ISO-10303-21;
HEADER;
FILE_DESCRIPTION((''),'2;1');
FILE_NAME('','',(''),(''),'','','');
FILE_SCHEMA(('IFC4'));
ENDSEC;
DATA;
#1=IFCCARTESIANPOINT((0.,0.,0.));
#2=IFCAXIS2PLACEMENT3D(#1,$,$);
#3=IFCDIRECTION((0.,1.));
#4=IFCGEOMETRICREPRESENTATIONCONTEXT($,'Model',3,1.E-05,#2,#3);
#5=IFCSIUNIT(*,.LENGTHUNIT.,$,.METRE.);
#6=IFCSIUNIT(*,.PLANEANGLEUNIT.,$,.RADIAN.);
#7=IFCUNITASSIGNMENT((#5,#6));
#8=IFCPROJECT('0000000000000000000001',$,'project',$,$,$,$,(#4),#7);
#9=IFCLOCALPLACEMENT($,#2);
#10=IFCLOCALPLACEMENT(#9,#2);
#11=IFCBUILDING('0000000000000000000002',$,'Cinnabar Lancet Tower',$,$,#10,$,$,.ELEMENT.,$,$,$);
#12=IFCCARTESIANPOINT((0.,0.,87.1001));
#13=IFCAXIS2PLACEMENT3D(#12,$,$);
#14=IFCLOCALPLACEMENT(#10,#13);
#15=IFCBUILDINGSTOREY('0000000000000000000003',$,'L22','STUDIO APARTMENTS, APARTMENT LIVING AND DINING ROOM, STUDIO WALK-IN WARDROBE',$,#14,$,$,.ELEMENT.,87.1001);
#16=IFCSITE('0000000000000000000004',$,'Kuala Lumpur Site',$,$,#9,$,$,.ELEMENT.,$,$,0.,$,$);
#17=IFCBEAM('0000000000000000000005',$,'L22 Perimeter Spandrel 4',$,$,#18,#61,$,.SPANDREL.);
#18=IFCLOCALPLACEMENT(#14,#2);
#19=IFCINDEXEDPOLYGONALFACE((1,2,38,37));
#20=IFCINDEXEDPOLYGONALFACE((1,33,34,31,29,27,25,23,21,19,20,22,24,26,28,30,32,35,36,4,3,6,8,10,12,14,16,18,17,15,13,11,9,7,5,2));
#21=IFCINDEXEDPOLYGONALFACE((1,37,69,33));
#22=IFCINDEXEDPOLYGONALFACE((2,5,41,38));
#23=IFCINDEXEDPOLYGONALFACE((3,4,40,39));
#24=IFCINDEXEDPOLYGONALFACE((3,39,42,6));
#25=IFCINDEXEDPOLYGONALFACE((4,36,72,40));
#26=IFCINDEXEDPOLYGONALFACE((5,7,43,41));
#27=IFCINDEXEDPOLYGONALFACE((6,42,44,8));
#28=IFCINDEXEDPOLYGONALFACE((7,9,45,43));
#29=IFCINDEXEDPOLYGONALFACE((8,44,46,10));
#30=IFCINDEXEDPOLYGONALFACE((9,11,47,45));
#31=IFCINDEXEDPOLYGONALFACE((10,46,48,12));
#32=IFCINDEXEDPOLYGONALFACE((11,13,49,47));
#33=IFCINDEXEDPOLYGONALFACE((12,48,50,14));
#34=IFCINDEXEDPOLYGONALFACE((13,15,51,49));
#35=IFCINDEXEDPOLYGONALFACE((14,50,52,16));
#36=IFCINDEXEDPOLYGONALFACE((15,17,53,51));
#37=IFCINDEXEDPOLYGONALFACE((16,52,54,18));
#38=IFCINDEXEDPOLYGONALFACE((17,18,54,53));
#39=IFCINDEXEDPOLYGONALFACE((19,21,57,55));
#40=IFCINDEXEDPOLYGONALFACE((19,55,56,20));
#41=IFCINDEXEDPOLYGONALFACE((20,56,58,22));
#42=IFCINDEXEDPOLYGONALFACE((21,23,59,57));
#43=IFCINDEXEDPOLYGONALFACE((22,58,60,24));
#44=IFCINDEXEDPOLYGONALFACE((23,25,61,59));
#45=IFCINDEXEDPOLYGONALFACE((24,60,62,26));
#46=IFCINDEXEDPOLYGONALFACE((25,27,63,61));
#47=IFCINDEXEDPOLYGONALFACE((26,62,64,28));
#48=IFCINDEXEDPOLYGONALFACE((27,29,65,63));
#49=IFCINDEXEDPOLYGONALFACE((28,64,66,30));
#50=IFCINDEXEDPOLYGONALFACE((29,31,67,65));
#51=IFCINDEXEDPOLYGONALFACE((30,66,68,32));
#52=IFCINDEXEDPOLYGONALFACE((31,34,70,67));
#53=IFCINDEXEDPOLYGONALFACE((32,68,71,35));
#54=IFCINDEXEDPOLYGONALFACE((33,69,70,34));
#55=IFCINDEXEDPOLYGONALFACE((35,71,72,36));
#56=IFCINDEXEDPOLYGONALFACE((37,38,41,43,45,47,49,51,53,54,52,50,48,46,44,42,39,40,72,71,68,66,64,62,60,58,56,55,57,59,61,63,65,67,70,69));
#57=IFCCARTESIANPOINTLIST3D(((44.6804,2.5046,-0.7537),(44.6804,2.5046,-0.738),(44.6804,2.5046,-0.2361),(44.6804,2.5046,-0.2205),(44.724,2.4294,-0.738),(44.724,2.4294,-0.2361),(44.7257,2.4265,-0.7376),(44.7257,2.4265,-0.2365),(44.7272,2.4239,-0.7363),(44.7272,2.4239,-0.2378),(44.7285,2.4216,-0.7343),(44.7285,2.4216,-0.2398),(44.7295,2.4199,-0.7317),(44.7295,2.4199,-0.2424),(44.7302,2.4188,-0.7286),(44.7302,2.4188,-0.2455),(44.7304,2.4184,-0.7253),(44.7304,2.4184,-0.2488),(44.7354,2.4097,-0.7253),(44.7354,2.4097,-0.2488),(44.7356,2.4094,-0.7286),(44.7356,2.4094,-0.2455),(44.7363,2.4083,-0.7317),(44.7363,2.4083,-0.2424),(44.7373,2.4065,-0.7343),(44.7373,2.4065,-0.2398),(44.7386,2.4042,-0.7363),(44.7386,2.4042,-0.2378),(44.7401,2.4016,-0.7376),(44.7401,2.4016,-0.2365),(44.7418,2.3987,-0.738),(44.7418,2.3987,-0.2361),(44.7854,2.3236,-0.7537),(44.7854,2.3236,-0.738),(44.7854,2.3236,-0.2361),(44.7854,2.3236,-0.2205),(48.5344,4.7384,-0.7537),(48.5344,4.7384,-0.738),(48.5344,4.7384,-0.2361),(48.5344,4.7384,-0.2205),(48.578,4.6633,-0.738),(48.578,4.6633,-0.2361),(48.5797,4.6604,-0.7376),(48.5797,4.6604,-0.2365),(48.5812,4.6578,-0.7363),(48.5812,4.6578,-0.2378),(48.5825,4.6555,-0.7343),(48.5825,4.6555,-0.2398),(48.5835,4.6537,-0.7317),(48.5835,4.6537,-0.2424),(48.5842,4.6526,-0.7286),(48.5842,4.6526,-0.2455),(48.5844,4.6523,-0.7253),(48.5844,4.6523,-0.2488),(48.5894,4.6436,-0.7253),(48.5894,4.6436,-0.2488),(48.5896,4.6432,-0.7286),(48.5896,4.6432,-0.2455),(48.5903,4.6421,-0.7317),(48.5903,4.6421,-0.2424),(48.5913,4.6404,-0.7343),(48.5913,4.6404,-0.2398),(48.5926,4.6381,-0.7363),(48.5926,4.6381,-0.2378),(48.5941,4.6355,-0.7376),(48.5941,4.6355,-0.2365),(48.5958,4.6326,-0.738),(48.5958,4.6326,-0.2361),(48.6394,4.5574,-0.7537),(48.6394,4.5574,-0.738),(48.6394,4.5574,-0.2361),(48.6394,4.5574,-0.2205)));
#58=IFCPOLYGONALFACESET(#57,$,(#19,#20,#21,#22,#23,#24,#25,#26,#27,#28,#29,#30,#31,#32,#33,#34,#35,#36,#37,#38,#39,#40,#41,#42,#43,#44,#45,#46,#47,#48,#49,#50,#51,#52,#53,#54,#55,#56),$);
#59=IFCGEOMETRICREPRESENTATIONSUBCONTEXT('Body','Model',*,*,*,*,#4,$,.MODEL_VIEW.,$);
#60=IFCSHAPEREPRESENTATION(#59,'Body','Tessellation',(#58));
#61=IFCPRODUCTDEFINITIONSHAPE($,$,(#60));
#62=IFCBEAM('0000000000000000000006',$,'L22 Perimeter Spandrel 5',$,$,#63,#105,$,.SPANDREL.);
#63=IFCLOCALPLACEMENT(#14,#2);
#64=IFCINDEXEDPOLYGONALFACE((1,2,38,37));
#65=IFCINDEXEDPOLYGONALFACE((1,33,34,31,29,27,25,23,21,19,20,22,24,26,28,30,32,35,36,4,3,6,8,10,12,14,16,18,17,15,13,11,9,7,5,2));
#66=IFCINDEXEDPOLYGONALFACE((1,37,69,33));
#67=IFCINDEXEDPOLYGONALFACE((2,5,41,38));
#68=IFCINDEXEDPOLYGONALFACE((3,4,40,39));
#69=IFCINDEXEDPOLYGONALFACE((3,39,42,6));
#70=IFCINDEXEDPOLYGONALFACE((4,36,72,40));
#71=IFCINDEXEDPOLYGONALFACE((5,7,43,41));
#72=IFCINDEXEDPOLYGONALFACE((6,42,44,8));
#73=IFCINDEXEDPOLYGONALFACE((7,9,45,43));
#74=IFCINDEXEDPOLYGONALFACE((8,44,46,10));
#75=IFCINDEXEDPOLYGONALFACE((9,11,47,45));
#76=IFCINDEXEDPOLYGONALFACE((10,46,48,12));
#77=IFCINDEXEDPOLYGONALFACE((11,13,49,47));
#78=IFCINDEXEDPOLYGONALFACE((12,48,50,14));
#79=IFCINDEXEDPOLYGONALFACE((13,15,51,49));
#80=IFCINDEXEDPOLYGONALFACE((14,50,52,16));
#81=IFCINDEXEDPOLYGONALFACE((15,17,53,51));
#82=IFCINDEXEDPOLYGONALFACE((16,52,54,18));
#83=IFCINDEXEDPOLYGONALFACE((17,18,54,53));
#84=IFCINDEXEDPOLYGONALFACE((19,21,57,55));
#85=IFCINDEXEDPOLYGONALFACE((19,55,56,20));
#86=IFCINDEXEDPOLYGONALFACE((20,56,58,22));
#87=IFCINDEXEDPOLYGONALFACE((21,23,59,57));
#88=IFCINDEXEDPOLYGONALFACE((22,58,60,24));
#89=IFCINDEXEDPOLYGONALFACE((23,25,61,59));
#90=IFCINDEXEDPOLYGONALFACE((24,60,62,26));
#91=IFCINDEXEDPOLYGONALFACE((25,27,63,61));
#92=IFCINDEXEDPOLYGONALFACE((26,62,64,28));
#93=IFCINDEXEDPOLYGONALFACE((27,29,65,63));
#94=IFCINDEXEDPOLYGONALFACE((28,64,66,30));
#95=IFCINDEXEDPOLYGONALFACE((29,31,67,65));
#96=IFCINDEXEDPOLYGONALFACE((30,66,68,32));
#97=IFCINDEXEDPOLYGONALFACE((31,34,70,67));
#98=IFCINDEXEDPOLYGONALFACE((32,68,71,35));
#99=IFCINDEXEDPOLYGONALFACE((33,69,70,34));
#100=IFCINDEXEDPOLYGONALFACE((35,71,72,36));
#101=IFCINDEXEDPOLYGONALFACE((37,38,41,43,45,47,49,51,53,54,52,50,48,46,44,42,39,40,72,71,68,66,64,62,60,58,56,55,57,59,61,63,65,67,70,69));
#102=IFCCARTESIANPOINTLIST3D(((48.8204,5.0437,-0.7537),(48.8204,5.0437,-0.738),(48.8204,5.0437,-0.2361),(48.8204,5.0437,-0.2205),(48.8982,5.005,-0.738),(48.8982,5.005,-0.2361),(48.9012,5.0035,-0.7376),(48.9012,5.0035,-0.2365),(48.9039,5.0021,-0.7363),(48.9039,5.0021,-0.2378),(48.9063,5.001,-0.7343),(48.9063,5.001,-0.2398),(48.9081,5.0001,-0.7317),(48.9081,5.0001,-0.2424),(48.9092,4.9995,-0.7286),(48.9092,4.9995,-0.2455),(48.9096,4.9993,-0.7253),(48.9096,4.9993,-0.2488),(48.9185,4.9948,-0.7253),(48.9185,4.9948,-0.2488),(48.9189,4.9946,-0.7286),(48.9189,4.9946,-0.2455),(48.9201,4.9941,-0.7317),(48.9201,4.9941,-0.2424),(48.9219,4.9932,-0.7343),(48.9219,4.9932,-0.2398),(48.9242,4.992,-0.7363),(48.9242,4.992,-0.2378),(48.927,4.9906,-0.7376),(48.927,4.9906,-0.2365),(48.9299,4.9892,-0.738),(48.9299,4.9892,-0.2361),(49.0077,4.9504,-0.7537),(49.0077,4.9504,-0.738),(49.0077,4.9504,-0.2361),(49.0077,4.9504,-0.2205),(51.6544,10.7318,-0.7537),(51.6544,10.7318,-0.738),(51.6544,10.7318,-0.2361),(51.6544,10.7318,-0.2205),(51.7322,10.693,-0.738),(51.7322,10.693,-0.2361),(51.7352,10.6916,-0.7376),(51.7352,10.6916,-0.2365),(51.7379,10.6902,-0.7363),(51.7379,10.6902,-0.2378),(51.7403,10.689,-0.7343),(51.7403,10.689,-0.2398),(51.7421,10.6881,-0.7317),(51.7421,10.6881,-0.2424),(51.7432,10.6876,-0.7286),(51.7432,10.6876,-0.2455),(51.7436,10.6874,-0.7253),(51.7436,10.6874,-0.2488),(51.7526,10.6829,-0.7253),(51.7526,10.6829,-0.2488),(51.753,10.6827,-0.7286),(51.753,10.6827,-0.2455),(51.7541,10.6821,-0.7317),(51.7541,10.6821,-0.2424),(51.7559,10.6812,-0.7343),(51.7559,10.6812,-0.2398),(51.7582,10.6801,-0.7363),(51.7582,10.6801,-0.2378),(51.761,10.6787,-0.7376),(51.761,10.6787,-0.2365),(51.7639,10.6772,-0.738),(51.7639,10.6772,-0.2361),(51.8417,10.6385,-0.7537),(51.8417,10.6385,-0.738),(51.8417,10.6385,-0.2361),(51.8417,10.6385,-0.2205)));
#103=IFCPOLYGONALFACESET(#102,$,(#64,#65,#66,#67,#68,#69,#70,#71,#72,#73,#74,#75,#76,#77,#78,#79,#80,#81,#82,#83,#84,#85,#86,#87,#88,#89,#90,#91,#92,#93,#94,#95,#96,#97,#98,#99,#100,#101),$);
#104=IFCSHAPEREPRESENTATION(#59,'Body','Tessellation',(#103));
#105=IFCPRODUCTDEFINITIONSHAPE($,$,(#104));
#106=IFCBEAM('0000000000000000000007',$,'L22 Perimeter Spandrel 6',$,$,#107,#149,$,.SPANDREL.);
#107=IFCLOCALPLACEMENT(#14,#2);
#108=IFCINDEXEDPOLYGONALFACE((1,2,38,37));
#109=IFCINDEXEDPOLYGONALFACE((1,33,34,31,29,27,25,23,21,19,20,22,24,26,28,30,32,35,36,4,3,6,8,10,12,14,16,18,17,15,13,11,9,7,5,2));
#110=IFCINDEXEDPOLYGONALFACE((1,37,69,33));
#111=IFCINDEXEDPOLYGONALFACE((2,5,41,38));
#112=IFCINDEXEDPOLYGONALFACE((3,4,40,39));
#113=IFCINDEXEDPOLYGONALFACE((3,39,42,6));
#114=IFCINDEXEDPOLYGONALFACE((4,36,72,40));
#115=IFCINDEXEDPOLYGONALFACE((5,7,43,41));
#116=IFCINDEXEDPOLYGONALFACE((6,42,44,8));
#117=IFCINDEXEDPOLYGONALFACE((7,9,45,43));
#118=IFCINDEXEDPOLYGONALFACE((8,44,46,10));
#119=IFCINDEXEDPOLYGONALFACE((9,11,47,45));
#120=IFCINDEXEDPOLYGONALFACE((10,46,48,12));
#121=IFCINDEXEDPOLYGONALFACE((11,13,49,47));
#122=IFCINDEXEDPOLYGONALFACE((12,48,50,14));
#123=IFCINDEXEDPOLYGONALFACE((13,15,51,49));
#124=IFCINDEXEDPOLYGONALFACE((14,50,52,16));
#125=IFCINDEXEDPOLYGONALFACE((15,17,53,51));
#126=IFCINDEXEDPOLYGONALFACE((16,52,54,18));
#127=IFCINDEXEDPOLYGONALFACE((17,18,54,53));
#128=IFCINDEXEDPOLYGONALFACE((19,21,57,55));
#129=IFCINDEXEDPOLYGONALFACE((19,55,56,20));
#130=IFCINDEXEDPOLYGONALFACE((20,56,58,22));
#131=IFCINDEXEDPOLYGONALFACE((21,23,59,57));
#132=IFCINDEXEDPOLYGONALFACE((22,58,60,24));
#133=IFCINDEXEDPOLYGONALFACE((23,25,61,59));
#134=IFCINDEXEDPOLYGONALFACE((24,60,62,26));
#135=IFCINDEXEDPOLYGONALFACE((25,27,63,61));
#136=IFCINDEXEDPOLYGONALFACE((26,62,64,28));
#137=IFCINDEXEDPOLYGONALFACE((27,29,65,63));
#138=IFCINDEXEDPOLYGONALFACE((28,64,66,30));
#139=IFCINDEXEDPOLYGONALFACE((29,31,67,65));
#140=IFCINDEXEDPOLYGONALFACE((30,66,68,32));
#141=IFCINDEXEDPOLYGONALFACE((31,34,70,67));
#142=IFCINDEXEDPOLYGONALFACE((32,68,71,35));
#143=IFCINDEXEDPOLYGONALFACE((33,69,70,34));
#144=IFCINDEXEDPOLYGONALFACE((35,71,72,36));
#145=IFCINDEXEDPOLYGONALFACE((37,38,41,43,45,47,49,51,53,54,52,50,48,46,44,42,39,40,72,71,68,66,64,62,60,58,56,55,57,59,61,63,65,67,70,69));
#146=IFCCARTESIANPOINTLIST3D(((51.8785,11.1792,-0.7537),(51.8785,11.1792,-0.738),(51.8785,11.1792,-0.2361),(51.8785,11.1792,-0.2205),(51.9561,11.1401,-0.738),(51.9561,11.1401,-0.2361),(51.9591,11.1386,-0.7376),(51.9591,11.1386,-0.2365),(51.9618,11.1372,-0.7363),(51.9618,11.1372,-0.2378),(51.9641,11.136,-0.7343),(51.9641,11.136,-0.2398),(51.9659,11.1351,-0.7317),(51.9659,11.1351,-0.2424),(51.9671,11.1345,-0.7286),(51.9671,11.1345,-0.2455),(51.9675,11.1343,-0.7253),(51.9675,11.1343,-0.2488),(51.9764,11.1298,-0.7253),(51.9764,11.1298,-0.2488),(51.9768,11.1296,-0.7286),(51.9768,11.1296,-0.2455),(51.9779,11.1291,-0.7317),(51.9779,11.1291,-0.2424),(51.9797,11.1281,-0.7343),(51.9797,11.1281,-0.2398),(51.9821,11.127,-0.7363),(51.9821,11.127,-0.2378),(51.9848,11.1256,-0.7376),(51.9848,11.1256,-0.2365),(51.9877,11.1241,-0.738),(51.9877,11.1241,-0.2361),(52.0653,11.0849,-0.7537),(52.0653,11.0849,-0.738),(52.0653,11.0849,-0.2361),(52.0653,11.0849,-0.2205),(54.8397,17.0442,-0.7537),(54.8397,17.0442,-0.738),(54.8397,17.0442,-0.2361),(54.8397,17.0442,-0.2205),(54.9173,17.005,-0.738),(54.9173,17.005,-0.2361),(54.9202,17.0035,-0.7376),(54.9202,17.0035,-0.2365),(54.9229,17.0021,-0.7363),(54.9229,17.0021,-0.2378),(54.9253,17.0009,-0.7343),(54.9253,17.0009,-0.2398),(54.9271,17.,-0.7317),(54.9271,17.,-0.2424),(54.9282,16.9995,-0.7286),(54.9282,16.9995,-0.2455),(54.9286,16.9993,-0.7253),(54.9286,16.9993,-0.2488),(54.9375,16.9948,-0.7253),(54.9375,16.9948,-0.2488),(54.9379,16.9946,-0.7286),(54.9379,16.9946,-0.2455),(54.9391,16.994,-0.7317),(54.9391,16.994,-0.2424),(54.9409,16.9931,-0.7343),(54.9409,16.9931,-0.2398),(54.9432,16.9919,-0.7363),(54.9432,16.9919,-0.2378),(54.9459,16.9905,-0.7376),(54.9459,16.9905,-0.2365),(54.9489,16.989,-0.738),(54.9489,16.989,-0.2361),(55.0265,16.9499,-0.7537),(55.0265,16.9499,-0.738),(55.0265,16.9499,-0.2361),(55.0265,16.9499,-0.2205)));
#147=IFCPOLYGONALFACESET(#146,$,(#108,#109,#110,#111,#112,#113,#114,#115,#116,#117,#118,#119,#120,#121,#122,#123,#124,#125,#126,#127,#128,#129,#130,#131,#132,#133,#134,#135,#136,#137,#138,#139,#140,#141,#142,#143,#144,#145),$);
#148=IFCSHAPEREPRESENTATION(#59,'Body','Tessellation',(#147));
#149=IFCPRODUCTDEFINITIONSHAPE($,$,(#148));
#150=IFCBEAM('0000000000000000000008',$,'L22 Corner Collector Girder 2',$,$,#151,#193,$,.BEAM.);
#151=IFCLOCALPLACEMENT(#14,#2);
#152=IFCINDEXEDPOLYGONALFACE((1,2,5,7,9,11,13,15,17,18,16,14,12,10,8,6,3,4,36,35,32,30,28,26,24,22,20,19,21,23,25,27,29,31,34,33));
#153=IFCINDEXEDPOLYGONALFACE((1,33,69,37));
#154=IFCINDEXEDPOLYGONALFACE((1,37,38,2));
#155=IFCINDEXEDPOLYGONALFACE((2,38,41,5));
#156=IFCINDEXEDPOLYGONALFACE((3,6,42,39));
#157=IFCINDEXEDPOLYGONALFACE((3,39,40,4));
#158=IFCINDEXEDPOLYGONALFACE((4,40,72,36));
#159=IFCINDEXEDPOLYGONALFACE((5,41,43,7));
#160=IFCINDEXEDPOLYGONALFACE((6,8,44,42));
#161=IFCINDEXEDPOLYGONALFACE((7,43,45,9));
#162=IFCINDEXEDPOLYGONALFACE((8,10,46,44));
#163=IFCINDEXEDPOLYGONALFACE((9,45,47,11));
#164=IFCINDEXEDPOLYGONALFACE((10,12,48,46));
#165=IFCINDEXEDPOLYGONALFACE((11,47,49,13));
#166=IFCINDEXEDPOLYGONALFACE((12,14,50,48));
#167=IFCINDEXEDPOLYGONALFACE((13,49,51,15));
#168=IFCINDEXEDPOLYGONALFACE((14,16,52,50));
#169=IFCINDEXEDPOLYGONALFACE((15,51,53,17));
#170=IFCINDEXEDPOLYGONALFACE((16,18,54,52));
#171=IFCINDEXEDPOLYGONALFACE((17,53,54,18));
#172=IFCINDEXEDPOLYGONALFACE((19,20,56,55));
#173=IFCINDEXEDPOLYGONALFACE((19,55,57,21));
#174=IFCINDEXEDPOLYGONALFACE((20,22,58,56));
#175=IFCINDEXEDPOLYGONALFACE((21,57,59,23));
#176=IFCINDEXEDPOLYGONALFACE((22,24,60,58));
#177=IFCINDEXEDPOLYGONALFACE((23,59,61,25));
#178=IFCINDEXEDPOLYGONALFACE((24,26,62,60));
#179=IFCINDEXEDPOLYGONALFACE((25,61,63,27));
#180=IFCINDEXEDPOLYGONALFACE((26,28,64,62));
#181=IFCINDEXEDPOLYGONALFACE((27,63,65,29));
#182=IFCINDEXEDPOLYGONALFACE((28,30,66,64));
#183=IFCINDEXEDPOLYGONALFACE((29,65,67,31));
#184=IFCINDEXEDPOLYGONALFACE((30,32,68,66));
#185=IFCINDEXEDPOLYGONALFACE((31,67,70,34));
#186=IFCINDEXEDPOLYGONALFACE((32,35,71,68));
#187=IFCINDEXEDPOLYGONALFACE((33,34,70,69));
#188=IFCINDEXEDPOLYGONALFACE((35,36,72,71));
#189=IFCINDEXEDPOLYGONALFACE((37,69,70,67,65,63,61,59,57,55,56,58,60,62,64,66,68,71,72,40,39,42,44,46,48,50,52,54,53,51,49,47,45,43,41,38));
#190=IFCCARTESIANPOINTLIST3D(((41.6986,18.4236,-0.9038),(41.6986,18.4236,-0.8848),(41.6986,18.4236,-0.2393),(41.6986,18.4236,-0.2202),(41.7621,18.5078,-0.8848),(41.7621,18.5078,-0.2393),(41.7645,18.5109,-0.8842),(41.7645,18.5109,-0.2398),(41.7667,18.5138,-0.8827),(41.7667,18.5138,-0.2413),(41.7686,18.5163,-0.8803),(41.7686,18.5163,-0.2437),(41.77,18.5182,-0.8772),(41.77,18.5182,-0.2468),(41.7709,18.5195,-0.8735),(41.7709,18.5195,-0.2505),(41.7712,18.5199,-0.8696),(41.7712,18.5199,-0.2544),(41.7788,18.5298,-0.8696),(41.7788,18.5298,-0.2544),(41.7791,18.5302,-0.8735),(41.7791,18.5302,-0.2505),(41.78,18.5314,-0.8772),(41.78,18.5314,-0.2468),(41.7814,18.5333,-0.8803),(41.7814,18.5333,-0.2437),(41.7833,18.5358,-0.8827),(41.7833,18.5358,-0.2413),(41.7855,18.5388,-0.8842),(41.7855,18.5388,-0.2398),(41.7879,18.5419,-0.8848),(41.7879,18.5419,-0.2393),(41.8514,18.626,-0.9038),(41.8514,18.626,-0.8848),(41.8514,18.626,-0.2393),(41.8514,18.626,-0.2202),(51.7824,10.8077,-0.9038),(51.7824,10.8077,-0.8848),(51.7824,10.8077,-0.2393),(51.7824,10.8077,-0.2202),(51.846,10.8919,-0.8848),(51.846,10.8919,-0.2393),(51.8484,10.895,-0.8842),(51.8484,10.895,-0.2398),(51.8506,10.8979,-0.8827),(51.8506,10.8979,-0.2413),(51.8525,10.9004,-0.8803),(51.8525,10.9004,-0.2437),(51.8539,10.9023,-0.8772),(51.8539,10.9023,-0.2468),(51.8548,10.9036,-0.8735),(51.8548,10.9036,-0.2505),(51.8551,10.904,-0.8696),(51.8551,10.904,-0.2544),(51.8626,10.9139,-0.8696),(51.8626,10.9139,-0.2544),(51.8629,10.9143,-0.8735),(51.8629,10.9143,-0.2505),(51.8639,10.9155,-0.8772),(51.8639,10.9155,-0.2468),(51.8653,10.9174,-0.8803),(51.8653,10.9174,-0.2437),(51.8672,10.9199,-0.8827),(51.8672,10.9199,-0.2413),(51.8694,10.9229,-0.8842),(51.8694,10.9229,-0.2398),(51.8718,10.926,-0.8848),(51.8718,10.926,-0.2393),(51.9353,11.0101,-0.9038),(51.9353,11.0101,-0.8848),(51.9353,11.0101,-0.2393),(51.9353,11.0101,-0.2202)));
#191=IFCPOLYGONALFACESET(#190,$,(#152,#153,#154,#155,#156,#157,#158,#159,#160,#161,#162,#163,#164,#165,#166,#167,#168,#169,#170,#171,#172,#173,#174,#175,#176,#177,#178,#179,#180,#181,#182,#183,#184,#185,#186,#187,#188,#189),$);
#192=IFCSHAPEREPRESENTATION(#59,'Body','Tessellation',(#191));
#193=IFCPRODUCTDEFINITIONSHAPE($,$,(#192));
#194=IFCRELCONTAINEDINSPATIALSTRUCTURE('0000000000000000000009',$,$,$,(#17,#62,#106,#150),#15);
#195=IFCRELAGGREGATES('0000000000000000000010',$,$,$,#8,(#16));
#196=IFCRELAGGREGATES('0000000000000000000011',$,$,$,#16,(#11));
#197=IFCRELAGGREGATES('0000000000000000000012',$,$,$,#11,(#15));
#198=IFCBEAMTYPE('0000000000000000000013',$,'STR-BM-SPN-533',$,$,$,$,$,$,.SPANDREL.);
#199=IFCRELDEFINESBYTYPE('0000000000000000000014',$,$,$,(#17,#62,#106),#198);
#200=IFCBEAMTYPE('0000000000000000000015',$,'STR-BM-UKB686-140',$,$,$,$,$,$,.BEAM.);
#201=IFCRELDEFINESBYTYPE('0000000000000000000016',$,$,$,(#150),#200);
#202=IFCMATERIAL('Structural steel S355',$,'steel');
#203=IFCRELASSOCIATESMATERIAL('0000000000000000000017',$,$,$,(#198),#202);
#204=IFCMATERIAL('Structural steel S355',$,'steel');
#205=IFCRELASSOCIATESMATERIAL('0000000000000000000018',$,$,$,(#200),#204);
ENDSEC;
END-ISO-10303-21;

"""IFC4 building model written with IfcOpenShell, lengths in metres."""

from ifc_helpers import new_model, si_unit, direction, frame, origin, origin_2d, place, context, subcontext, project, spatial, i_section, extrude, material, material_profile, profile_set, type_object, element, save


model = new_model("IFC4")

# Units and contexts
model_context = context("Model", 3, precision=1e-05, world=origin(), true_north=direction((0.0, 1.0)))
body_context = subcontext(model_context, "Body", "Model", "MODEL_VIEW")
ifc_project = project(units=[si_unit("LENGTHUNIT", "METRE"), si_unit("PLANEANGLEUNIT", "RADIAN")], contexts=[model_context])

# Site, building, storey
site_placement = place(None, origin())
site = spatial("IfcSite", under=ifc_project, at=site_placement, Name="Kuala Lumpur Site", CompositionType="ELEMENT", RefElevation=0.0)
building_placement = place(site_placement, origin())
building = spatial("IfcBuilding", under=site, at=building_placement, Name="Cinnabar Lancet Tower", CompositionType="ELEMENT")
storey_placement = place(building_placement, frame((0.0, 0.0, 87.1001)))
storey = spatial("IfcBuildingStorey", under=building, at=storey_placement, Name="L22", Description="STUDIO APARTMENTS, APARTMENT LIVING AND DINING ROOM, STUDIO WALK-IN WARDROBE", CompositionType="ELEMENT", Elevation=87.1001)

# Beams
ifc_material_1 = material(Name="Structural steel S355", Category="steel")
ifc_material_profile_1 = material_profile(ifc_material_1, i_section(OverallWidth=0.2092, OverallDepth=0.5332, WebThickness=0.01, FlangeThickness=0.0156, FilletRadius=0.0127, at=origin_2d()), Name="UKB 533x210x92")
ifc_profile_set_1 = profile_set([ifc_material_profile_1], Name="Structural steel S355")
beam_type_1 = type_object("IfcBeamType", Name="STR-BM-SPN-533", PredefinedType="SPANDREL", material=ifc_profile_set_1)
beam_1_placement = place(storey_placement, frame((44.7329, 2.4141, -0.4871), z_axis=(0.865171, 0.501477, 0.0), x_axis=(-0.501477, 0.865171, 0.0)))
element("IfcBeam", 1, at=beam_1_placement, inside=storey, type_object=beam_type_1, Name="L22 Perimeter Spandrel 4", PredefinedType="SPANDREL", context=body_context, shape_type="SweptSolid", body=[
    extrude(i_section(OverallWidth=0.2092, OverallDepth=0.5332, WebThickness=0.01, FlangeThickness=0.0156, FilletRadius=0.0127, at=origin_2d()), origin(), (0.0, 0.0, 1.0), 4.4546),
])
beam_2_placement = place(storey_placement, frame((48.9141, 4.9971, -0.4871), z_axis=(0.445953, 0.895056, 0.0), x_axis=(-0.895056, 0.445953, 0.0)))
element("IfcBeam", 2, at=beam_2_placement, inside=storey, type_object=beam_type_1, Name="L22 Perimeter Spandrel 5", PredefinedType="SPANDREL", context=body_context, shape_type="SweptSolid", body=[
    extrude(i_section(OverallWidth=0.2092, OverallDepth=0.5332, WebThickness=0.01, FlangeThickness=0.0156, FilletRadius=0.0127, at=origin_2d()), origin(), (0.0, 0.0, 1.0), 6.355),
])
beam_3_placement = place(storey_placement, frame((51.9719, 11.1321, -0.4871), z_axis=(0.450703, 0.892674, 0.0), x_axis=(-0.892674, 0.450703, 0.0)))
element("IfcBeam", 3, at=beam_3_placement, inside=storey, type_object=beam_type_1, Name="L22 Perimeter Spandrel 6", PredefinedType="SPANDREL", context=body_context, shape_type="SweptSolid", body=[
    extrude(i_section(OverallWidth=0.2092, OverallDepth=0.5332, WebThickness=0.01, FlangeThickness=0.0156, FilletRadius=0.0127, at=origin_2d()), origin(), (0.0, 0.0, 1.0), 6.5701),
])
ifc_material_2 = material(Name="Structural steel S355", Category="steel")
ifc_material_profile_2 = material_profile(ifc_material_2, i_section(OverallWidth=0.2537, OverallDepth=0.6836, WebThickness=0.0125, FlangeThickness=0.019, FilletRadius=0.0151, at=origin_2d()), Name="UKB 686x254x140")
ifc_profile_set_2 = profile_set([ifc_material_profile_2], Name="Structural steel S355")
beam_type_2 = type_object("IfcBeamType", Name="STR-BM-UKB686-140", PredefinedType="BEAM", material=ifc_profile_set_2)
beam_4_placement = place(storey_placement, frame((51.8589, 10.9089, -0.562), z_axis=(-0.797983, 0.60268, 0.0), x_axis=(-0.60268, -0.797983, 0.0)))
element("IfcBeam", 4, at=beam_4_placement, inside=storey, type_object=beam_type_2, Name="L22 Corner Collector Girder 2", PredefinedType="BEAM", context=body_context, shape_type="SweptSolid", body=[
    extrude(i_section(OverallWidth=0.2537, OverallDepth=0.6836, WebThickness=0.0125, FlangeThickness=0.019, FilletRadius=0.0151, at=origin_2d()), origin(), (0.0, 0.0, 1.0), 12.6367),
])

save(model, "model.ifc")
